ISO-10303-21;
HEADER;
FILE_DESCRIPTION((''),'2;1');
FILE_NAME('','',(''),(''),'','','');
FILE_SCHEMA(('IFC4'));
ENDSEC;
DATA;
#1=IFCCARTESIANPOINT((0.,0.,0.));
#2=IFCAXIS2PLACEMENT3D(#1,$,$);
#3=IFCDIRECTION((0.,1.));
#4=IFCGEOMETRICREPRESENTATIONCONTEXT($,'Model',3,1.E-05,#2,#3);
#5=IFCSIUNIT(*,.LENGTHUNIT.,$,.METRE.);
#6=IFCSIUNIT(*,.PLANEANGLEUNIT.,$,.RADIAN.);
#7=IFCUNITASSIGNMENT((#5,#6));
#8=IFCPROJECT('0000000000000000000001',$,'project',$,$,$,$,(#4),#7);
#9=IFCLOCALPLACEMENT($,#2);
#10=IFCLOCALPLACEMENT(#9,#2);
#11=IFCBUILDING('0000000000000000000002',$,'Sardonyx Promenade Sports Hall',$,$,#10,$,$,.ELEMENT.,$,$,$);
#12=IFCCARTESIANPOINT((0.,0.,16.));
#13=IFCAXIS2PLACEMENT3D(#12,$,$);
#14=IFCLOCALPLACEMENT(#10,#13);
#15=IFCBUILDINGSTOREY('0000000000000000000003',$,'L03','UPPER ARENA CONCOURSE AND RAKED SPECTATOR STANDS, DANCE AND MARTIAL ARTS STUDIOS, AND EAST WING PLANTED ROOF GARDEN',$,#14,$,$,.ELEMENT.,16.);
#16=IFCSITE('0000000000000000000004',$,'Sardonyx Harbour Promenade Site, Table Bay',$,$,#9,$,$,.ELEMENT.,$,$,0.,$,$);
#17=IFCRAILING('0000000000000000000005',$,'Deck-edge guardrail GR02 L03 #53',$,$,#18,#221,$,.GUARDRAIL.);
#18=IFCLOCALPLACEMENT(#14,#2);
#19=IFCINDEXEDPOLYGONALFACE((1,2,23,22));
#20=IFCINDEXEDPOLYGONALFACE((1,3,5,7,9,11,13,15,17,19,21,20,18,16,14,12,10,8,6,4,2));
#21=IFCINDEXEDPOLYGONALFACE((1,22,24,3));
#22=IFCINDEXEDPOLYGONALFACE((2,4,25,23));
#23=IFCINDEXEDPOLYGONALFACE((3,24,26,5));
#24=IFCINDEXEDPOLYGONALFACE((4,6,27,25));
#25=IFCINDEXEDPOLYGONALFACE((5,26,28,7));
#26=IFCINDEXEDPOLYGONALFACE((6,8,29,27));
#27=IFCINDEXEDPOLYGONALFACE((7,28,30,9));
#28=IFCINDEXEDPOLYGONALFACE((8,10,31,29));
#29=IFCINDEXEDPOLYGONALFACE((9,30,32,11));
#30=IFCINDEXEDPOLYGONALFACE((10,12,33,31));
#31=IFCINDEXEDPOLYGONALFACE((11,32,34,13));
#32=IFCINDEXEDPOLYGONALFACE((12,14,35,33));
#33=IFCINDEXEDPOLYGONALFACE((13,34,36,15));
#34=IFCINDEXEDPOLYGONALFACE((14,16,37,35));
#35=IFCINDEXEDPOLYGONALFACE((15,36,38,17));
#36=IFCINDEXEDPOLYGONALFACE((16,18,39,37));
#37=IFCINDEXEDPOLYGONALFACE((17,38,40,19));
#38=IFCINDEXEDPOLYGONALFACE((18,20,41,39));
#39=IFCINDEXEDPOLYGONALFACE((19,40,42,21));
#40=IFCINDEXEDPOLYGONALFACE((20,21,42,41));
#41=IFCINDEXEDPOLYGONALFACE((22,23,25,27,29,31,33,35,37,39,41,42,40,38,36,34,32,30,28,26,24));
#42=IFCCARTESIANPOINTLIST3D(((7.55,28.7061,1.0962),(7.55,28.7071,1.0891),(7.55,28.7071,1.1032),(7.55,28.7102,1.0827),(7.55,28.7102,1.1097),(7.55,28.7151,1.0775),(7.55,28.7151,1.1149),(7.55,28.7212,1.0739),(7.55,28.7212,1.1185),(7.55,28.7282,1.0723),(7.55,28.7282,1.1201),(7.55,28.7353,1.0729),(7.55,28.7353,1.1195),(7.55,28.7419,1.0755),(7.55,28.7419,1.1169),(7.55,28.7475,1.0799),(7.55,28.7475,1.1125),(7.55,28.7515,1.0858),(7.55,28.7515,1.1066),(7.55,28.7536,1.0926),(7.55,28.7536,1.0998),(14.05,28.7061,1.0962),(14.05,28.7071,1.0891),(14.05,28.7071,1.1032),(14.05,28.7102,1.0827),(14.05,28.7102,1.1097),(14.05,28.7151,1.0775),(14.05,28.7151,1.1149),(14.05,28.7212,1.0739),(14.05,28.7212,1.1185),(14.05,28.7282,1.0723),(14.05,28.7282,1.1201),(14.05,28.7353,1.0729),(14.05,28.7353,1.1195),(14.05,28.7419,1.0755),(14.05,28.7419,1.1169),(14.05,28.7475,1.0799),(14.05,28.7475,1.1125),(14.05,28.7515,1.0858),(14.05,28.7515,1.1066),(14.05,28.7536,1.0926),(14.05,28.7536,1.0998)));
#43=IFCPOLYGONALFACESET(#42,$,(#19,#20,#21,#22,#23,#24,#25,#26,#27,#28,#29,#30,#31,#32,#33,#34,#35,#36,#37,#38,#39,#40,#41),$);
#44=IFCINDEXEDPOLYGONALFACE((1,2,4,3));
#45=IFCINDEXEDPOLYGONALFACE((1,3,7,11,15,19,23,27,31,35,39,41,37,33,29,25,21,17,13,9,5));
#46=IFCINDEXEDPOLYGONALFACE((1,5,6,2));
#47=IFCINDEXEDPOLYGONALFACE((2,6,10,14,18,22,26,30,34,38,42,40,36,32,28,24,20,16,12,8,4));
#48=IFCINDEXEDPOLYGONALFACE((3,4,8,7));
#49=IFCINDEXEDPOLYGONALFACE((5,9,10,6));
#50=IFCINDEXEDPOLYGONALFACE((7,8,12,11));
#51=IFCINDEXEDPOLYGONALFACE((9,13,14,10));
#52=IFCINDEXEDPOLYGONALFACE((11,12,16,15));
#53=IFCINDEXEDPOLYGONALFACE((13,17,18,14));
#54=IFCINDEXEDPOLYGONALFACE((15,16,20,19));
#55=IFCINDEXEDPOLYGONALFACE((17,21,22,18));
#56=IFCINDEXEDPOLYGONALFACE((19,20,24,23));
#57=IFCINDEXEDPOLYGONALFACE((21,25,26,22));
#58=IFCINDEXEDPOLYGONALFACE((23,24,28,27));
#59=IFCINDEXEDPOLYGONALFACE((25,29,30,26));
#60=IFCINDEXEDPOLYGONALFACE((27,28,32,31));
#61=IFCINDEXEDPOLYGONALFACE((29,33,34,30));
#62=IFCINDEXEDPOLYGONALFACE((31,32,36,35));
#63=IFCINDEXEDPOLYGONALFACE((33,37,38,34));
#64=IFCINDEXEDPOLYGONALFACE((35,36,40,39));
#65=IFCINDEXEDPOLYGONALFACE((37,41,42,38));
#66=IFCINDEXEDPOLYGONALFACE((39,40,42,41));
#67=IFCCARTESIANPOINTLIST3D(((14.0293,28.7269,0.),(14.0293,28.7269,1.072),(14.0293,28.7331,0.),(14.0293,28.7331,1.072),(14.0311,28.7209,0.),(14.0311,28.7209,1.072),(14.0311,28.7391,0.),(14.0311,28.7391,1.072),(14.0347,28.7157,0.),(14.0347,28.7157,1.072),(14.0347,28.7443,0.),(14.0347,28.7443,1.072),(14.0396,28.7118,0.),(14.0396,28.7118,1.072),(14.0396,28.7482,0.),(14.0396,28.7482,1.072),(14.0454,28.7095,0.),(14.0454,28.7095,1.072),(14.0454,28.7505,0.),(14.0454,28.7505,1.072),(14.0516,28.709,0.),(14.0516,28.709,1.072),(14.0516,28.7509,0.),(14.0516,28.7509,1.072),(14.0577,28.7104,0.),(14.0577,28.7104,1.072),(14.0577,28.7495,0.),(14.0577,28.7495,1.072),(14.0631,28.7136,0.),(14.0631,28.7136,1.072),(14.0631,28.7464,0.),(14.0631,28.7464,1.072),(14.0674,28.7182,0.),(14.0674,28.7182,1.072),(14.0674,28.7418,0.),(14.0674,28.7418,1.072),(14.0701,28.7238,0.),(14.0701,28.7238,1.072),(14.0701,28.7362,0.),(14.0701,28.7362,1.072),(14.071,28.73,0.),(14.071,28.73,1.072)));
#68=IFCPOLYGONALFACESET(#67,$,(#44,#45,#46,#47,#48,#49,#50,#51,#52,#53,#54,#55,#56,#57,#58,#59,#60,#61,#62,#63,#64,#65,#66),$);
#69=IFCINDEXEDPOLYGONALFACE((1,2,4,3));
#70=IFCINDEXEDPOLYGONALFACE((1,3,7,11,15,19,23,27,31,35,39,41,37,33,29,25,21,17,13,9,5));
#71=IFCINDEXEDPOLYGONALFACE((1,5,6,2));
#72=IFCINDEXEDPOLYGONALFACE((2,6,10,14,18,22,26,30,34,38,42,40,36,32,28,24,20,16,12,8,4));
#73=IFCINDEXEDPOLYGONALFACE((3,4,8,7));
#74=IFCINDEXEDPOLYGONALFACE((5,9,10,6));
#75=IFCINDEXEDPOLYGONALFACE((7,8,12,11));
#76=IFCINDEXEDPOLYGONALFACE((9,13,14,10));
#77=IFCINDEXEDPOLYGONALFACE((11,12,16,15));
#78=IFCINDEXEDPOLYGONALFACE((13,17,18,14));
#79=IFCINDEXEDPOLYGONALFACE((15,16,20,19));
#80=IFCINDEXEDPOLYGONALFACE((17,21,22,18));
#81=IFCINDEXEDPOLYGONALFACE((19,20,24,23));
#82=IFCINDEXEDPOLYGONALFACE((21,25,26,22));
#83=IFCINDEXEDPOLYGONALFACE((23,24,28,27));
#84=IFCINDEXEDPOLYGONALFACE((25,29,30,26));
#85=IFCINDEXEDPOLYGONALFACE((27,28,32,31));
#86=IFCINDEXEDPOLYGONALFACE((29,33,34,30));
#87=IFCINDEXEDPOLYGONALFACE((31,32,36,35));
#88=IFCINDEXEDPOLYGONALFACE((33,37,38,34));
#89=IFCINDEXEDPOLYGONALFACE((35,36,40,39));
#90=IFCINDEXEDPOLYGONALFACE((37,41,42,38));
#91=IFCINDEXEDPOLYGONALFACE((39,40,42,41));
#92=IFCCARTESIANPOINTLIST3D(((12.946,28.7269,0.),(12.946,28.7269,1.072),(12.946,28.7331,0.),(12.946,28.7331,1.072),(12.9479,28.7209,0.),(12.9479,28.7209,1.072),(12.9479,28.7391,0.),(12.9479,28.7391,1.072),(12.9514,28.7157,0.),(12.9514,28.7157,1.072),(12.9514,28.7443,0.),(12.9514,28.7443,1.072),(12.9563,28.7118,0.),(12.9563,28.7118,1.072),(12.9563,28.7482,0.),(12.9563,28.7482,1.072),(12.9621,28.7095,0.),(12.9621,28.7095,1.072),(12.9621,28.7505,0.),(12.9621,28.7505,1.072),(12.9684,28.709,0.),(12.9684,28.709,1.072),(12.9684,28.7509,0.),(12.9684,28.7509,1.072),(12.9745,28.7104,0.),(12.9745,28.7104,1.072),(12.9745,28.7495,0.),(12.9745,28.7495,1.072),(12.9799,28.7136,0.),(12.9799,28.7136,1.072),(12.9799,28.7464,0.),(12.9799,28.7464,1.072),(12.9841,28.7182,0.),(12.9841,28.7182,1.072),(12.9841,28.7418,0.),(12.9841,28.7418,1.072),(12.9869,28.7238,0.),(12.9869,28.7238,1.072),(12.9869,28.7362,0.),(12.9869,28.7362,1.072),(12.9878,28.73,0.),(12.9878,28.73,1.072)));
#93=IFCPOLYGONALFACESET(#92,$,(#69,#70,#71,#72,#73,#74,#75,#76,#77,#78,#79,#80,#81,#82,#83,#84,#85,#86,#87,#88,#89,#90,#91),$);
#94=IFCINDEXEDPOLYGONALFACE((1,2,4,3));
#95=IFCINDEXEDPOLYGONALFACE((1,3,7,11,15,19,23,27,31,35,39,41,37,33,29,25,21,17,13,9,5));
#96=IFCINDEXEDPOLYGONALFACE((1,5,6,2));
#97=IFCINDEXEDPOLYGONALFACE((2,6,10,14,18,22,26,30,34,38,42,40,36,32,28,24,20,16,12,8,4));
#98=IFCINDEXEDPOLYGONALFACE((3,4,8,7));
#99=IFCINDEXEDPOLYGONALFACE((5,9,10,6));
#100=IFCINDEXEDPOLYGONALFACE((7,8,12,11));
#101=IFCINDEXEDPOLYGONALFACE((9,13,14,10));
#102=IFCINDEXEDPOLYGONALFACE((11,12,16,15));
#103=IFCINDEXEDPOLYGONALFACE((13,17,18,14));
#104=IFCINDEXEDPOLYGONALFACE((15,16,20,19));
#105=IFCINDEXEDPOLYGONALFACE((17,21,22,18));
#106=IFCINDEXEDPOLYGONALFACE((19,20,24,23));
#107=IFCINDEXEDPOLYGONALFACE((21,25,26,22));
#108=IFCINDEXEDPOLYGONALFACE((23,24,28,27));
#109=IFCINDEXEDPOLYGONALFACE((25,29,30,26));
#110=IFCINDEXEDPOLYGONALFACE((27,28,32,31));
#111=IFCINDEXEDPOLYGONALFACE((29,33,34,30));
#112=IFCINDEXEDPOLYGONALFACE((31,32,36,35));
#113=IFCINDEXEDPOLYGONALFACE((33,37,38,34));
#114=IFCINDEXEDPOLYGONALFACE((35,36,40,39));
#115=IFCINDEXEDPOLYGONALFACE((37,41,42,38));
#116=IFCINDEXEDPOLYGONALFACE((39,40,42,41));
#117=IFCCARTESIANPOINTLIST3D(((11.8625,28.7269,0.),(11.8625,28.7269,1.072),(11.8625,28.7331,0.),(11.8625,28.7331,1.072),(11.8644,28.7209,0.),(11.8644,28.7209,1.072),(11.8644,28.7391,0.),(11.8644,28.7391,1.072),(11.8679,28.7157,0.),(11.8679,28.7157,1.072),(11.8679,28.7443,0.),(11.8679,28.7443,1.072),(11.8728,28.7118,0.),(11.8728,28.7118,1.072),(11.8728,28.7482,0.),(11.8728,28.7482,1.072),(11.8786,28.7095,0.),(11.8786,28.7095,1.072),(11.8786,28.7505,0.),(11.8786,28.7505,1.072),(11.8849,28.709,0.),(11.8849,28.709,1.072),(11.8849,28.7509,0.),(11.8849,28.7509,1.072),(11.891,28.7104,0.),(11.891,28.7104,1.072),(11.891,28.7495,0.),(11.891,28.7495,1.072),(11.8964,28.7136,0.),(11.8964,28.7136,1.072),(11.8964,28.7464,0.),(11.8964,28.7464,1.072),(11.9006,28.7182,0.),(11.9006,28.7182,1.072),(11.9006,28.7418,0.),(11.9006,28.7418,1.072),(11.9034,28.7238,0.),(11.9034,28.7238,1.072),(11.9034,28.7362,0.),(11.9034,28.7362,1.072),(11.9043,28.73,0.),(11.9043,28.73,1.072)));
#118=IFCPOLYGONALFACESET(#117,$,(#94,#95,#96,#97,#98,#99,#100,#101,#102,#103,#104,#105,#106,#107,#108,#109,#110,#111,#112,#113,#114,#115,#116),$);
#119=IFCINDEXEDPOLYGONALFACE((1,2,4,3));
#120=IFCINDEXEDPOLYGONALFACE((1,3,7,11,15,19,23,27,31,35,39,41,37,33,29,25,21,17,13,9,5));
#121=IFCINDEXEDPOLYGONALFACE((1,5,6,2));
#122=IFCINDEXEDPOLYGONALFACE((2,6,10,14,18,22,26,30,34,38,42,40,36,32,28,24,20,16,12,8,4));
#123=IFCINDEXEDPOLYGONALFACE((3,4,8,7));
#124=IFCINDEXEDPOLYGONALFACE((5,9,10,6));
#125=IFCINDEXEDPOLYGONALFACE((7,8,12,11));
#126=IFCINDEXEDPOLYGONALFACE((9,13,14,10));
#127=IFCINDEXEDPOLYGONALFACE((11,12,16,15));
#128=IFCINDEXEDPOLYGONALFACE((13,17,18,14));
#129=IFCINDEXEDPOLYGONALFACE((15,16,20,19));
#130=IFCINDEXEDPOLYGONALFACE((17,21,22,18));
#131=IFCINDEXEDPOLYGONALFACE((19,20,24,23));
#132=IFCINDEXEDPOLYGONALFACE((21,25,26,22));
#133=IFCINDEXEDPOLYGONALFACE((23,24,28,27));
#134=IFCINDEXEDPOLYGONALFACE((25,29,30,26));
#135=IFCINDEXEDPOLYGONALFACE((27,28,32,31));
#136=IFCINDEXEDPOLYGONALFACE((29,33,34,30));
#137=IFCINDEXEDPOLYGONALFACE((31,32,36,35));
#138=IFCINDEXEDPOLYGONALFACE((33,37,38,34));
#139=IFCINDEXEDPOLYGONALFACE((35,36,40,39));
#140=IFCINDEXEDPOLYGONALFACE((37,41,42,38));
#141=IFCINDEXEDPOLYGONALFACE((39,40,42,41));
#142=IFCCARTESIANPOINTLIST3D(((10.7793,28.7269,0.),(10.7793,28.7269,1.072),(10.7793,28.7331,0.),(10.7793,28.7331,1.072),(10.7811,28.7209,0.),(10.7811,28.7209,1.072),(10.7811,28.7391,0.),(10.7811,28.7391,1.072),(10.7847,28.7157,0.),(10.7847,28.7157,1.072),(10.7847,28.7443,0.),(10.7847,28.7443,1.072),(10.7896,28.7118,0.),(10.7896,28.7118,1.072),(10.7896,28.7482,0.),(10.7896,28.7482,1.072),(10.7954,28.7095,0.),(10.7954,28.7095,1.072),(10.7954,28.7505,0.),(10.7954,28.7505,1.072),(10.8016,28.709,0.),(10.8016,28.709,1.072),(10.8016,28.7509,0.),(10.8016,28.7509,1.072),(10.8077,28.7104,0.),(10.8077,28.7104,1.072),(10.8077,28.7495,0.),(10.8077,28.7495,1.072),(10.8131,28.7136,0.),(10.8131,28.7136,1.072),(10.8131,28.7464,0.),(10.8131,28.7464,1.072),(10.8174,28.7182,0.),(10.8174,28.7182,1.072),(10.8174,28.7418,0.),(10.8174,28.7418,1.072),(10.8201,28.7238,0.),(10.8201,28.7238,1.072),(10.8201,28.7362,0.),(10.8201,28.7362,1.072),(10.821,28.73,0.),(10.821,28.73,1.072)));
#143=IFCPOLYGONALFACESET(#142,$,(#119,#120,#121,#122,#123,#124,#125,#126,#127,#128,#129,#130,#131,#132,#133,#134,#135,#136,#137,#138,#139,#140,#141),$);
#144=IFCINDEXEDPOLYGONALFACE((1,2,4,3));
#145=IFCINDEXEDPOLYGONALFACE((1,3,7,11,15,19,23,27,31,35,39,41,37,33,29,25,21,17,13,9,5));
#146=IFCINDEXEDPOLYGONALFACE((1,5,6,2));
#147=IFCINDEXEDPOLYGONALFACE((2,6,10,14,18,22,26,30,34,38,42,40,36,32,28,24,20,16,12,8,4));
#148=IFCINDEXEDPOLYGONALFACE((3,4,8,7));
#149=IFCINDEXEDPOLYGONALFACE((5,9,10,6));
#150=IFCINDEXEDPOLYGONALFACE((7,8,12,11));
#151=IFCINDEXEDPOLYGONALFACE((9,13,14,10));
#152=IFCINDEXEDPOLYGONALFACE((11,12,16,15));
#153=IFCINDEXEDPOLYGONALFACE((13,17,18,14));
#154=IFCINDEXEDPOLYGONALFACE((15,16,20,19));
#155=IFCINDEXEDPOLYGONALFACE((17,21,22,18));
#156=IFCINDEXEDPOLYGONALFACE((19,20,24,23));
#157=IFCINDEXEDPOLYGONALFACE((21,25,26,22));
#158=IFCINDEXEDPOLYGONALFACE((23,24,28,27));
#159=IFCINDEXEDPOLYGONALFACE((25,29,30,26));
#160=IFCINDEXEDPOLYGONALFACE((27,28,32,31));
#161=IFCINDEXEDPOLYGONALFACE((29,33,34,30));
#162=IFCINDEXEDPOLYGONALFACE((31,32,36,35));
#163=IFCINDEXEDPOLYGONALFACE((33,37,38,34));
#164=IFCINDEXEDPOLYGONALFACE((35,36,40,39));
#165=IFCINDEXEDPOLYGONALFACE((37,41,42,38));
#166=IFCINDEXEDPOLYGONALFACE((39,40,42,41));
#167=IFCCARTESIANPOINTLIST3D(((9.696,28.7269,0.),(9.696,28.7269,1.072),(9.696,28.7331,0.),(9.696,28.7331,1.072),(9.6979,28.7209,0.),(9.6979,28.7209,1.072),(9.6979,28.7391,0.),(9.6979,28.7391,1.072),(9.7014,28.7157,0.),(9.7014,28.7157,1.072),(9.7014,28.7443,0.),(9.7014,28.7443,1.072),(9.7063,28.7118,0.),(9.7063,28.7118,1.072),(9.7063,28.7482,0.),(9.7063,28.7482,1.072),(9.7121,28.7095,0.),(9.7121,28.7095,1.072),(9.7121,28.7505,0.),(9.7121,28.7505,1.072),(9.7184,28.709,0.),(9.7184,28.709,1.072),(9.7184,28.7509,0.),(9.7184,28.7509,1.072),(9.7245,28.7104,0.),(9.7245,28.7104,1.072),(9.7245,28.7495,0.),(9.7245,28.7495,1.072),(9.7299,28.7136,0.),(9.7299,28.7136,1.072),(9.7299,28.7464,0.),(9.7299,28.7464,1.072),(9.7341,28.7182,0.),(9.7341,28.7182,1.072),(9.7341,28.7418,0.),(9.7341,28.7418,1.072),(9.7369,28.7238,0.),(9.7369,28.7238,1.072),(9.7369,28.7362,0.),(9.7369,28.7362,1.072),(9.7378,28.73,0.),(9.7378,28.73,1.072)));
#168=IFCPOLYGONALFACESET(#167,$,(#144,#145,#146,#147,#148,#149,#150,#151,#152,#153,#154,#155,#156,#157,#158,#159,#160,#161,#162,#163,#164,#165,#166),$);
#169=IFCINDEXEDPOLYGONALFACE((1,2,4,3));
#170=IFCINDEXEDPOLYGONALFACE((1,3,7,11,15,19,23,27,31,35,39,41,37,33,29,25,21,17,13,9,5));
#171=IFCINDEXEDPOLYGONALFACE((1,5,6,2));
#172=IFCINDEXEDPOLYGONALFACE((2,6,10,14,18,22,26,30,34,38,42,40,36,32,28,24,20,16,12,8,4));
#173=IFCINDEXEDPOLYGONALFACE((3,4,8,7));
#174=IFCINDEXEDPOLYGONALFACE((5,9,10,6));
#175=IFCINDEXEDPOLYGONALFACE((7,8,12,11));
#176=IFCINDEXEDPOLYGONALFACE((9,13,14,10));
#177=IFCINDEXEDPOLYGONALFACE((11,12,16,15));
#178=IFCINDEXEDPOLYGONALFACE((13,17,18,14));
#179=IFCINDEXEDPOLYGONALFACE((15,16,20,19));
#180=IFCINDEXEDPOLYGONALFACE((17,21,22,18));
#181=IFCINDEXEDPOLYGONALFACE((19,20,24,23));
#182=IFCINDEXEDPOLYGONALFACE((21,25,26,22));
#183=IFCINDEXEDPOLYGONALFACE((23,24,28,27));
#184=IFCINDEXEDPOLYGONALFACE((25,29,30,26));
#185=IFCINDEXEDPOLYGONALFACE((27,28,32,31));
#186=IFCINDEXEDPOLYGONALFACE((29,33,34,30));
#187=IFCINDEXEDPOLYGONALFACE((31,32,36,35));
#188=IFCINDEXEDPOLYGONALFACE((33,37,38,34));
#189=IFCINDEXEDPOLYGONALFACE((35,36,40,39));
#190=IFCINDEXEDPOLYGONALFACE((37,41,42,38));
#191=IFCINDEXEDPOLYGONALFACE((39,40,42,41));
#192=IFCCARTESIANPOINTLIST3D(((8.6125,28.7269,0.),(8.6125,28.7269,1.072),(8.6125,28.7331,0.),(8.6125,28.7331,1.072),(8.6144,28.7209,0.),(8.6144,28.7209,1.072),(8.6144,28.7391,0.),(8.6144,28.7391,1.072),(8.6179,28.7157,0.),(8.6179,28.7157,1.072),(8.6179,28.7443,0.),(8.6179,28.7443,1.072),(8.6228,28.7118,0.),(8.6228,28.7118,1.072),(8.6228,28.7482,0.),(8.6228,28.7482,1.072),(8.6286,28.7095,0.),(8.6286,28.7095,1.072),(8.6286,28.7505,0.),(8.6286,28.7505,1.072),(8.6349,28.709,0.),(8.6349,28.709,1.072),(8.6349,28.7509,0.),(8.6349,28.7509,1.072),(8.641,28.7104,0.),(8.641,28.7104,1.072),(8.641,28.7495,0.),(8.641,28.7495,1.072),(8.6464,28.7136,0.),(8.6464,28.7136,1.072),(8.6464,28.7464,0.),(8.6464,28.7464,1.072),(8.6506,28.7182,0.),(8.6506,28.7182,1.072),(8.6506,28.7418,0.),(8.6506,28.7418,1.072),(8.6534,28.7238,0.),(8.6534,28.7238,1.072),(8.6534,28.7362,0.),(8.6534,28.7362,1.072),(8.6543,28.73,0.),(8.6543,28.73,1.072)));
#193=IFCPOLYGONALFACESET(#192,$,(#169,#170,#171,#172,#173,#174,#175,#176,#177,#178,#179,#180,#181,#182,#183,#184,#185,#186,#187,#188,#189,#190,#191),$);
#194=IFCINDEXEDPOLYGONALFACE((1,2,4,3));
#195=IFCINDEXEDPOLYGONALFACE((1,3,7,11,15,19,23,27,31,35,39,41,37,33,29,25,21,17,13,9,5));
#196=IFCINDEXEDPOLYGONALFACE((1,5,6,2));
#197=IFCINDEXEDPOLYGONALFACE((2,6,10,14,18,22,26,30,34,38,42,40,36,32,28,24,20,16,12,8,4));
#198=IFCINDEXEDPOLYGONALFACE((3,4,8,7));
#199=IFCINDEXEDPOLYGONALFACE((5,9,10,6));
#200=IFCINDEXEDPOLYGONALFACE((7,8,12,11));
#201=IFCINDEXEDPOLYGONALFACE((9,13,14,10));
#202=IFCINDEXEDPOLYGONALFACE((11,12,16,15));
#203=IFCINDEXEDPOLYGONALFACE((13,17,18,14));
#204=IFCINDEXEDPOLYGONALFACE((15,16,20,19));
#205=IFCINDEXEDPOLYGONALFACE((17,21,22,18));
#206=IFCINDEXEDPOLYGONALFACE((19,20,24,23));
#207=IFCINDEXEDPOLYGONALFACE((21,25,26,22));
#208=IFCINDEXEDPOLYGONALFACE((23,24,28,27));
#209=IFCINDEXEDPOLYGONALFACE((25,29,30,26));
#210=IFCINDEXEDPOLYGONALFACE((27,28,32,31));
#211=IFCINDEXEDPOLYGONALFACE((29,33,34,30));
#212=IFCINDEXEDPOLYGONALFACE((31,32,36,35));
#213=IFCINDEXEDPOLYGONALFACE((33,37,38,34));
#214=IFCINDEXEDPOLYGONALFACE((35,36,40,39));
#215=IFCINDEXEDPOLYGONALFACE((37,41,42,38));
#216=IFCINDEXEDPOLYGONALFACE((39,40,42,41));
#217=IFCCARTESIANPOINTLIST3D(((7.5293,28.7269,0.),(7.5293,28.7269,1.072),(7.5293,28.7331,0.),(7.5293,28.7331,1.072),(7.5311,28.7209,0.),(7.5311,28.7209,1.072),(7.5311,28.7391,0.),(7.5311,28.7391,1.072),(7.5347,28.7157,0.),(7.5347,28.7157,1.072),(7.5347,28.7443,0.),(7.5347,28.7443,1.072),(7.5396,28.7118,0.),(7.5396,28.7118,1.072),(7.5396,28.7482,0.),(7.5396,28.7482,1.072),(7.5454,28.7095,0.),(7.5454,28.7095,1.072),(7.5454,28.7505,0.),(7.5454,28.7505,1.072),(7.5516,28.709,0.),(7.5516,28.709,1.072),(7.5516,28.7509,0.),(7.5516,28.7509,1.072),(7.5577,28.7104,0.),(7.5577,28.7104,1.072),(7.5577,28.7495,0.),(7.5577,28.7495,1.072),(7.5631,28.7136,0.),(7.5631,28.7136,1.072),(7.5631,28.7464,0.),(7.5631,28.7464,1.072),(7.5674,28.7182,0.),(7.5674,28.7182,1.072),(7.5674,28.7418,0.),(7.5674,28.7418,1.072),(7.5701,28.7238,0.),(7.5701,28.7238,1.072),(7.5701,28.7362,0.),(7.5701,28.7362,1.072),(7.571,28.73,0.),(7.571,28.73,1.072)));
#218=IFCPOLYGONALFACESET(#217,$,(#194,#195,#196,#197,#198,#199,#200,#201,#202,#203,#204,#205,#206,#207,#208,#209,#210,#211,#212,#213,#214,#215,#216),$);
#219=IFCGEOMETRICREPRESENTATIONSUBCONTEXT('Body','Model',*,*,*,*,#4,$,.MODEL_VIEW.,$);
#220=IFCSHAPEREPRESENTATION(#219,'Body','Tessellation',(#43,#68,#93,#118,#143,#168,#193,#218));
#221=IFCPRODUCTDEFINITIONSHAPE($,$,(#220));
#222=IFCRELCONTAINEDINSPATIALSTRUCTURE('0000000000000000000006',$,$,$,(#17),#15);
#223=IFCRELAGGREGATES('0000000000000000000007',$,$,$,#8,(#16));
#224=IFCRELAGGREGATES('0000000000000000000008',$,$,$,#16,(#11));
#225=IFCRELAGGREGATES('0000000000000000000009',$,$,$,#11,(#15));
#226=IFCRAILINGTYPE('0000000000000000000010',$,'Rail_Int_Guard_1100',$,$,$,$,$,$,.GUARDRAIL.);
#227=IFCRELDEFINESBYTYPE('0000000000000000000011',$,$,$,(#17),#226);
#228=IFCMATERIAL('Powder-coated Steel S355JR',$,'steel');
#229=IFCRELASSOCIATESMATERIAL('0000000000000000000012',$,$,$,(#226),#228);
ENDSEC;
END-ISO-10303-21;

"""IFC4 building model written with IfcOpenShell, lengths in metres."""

from ifc_helpers import new_model, si_unit, direction, frame, origin, origin_2d, place, context, subcontext, project, spatial, circle, extrude, material, type_object, element, save


model = new_model("IFC4")

# Units and contexts
model_context = context("Model", 3, precision=1e-05, world=origin(), true_north=direction((0.0, 1.0)))
body_context = subcontext(model_context, "Body", "Model", "MODEL_VIEW")
ifc_project = project(units=[si_unit("LENGTHUNIT", "METRE"), si_unit("PLANEANGLEUNIT", "RADIAN")], contexts=[model_context])

# Site, building, storey
site_placement = place(None, origin())
site = spatial("IfcSite", under=ifc_project, at=site_placement, Name="Sardonyx Harbour Promenade Site, Table Bay", CompositionType="ELEMENT", RefElevation=0.0)
building_placement = place(site_placement, origin())
building = spatial("IfcBuilding", under=site, at=building_placement, Name="Sardonyx Promenade Sports Hall", CompositionType="ELEMENT")
storey_placement = place(building_placement, frame((0.0, 0.0, 16.0)))
storey = spatial("IfcBuildingStorey", under=building, at=storey_placement, Name="L03", Description="UPPER ARENA CONCOURSE AND RAKED SPECTATOR STANDS, DANCE AND MARTIAL ARTS STUDIOS, AND EAST WING PLANTED ROOF GARDEN", CompositionType="ELEMENT", Elevation=16.0)

# Railing
ifc_material_1 = material(Name="Powder-coated Steel S355JR", Category="steel")
railing_type = type_object("IfcRailingType", Name="Rail_Int_Guard_1100", PredefinedType="GUARDRAIL", material=ifc_material_1)
railing_1_placement = place(storey_placement, frame((14.05, 28.73, 0.0)))
element("IfcRailing", 1, at=railing_1_placement, inside=storey, type_object=railing_type, Name="Deck-edge guardrail GR02 L03 #53", PredefinedType="GUARDRAIL", context=body_context, shape_type="SweptSolid", body=[
    extrude(circle(Radius=0.0239, at=origin_2d()), frame((0.0, 0.0, 1.0962), z_axis=(-1.0, 0.0, 0.0), x_axis=(0.0, -1.0, 0.0)), (0.0, 0.0, 1.0), 6.5),
    extrude(circle(Radius=0.021, at=origin_2d()), origin(), (0.0, 0.0, 1.0), 1.072),
    extrude(circle(Radius=0.021, at=origin_2d()), frame((-1.0833, 0.0, 0.0)), (0.0, 0.0, 1.0), 1.072),
    extrude(circle(Radius=0.021, at=origin_2d()), frame((-2.1667, 0.0, 0.0)), (0.0, 0.0, 1.0), 1.072),
    extrude(circle(Radius=0.021, at=origin_2d()), frame((-3.25, 0.0, 0.0)), (0.0, 0.0, 1.0), 1.072),
    extrude(circle(Radius=0.021, at=origin_2d()), frame((-4.3333, 0.0, 0.0)), (0.0, 0.0, 1.0), 1.072),
    extrude(circle(Radius=0.021, at=origin_2d()), frame((-5.4167, 0.0, 0.0)), (0.0, 0.0, 1.0), 1.072),
    extrude(circle(Radius=0.021, at=origin_2d()), frame((-6.5, 0.0, 0.0)), (0.0, 0.0, 1.0), 1.072),
])

save(model, "model.ifc")
